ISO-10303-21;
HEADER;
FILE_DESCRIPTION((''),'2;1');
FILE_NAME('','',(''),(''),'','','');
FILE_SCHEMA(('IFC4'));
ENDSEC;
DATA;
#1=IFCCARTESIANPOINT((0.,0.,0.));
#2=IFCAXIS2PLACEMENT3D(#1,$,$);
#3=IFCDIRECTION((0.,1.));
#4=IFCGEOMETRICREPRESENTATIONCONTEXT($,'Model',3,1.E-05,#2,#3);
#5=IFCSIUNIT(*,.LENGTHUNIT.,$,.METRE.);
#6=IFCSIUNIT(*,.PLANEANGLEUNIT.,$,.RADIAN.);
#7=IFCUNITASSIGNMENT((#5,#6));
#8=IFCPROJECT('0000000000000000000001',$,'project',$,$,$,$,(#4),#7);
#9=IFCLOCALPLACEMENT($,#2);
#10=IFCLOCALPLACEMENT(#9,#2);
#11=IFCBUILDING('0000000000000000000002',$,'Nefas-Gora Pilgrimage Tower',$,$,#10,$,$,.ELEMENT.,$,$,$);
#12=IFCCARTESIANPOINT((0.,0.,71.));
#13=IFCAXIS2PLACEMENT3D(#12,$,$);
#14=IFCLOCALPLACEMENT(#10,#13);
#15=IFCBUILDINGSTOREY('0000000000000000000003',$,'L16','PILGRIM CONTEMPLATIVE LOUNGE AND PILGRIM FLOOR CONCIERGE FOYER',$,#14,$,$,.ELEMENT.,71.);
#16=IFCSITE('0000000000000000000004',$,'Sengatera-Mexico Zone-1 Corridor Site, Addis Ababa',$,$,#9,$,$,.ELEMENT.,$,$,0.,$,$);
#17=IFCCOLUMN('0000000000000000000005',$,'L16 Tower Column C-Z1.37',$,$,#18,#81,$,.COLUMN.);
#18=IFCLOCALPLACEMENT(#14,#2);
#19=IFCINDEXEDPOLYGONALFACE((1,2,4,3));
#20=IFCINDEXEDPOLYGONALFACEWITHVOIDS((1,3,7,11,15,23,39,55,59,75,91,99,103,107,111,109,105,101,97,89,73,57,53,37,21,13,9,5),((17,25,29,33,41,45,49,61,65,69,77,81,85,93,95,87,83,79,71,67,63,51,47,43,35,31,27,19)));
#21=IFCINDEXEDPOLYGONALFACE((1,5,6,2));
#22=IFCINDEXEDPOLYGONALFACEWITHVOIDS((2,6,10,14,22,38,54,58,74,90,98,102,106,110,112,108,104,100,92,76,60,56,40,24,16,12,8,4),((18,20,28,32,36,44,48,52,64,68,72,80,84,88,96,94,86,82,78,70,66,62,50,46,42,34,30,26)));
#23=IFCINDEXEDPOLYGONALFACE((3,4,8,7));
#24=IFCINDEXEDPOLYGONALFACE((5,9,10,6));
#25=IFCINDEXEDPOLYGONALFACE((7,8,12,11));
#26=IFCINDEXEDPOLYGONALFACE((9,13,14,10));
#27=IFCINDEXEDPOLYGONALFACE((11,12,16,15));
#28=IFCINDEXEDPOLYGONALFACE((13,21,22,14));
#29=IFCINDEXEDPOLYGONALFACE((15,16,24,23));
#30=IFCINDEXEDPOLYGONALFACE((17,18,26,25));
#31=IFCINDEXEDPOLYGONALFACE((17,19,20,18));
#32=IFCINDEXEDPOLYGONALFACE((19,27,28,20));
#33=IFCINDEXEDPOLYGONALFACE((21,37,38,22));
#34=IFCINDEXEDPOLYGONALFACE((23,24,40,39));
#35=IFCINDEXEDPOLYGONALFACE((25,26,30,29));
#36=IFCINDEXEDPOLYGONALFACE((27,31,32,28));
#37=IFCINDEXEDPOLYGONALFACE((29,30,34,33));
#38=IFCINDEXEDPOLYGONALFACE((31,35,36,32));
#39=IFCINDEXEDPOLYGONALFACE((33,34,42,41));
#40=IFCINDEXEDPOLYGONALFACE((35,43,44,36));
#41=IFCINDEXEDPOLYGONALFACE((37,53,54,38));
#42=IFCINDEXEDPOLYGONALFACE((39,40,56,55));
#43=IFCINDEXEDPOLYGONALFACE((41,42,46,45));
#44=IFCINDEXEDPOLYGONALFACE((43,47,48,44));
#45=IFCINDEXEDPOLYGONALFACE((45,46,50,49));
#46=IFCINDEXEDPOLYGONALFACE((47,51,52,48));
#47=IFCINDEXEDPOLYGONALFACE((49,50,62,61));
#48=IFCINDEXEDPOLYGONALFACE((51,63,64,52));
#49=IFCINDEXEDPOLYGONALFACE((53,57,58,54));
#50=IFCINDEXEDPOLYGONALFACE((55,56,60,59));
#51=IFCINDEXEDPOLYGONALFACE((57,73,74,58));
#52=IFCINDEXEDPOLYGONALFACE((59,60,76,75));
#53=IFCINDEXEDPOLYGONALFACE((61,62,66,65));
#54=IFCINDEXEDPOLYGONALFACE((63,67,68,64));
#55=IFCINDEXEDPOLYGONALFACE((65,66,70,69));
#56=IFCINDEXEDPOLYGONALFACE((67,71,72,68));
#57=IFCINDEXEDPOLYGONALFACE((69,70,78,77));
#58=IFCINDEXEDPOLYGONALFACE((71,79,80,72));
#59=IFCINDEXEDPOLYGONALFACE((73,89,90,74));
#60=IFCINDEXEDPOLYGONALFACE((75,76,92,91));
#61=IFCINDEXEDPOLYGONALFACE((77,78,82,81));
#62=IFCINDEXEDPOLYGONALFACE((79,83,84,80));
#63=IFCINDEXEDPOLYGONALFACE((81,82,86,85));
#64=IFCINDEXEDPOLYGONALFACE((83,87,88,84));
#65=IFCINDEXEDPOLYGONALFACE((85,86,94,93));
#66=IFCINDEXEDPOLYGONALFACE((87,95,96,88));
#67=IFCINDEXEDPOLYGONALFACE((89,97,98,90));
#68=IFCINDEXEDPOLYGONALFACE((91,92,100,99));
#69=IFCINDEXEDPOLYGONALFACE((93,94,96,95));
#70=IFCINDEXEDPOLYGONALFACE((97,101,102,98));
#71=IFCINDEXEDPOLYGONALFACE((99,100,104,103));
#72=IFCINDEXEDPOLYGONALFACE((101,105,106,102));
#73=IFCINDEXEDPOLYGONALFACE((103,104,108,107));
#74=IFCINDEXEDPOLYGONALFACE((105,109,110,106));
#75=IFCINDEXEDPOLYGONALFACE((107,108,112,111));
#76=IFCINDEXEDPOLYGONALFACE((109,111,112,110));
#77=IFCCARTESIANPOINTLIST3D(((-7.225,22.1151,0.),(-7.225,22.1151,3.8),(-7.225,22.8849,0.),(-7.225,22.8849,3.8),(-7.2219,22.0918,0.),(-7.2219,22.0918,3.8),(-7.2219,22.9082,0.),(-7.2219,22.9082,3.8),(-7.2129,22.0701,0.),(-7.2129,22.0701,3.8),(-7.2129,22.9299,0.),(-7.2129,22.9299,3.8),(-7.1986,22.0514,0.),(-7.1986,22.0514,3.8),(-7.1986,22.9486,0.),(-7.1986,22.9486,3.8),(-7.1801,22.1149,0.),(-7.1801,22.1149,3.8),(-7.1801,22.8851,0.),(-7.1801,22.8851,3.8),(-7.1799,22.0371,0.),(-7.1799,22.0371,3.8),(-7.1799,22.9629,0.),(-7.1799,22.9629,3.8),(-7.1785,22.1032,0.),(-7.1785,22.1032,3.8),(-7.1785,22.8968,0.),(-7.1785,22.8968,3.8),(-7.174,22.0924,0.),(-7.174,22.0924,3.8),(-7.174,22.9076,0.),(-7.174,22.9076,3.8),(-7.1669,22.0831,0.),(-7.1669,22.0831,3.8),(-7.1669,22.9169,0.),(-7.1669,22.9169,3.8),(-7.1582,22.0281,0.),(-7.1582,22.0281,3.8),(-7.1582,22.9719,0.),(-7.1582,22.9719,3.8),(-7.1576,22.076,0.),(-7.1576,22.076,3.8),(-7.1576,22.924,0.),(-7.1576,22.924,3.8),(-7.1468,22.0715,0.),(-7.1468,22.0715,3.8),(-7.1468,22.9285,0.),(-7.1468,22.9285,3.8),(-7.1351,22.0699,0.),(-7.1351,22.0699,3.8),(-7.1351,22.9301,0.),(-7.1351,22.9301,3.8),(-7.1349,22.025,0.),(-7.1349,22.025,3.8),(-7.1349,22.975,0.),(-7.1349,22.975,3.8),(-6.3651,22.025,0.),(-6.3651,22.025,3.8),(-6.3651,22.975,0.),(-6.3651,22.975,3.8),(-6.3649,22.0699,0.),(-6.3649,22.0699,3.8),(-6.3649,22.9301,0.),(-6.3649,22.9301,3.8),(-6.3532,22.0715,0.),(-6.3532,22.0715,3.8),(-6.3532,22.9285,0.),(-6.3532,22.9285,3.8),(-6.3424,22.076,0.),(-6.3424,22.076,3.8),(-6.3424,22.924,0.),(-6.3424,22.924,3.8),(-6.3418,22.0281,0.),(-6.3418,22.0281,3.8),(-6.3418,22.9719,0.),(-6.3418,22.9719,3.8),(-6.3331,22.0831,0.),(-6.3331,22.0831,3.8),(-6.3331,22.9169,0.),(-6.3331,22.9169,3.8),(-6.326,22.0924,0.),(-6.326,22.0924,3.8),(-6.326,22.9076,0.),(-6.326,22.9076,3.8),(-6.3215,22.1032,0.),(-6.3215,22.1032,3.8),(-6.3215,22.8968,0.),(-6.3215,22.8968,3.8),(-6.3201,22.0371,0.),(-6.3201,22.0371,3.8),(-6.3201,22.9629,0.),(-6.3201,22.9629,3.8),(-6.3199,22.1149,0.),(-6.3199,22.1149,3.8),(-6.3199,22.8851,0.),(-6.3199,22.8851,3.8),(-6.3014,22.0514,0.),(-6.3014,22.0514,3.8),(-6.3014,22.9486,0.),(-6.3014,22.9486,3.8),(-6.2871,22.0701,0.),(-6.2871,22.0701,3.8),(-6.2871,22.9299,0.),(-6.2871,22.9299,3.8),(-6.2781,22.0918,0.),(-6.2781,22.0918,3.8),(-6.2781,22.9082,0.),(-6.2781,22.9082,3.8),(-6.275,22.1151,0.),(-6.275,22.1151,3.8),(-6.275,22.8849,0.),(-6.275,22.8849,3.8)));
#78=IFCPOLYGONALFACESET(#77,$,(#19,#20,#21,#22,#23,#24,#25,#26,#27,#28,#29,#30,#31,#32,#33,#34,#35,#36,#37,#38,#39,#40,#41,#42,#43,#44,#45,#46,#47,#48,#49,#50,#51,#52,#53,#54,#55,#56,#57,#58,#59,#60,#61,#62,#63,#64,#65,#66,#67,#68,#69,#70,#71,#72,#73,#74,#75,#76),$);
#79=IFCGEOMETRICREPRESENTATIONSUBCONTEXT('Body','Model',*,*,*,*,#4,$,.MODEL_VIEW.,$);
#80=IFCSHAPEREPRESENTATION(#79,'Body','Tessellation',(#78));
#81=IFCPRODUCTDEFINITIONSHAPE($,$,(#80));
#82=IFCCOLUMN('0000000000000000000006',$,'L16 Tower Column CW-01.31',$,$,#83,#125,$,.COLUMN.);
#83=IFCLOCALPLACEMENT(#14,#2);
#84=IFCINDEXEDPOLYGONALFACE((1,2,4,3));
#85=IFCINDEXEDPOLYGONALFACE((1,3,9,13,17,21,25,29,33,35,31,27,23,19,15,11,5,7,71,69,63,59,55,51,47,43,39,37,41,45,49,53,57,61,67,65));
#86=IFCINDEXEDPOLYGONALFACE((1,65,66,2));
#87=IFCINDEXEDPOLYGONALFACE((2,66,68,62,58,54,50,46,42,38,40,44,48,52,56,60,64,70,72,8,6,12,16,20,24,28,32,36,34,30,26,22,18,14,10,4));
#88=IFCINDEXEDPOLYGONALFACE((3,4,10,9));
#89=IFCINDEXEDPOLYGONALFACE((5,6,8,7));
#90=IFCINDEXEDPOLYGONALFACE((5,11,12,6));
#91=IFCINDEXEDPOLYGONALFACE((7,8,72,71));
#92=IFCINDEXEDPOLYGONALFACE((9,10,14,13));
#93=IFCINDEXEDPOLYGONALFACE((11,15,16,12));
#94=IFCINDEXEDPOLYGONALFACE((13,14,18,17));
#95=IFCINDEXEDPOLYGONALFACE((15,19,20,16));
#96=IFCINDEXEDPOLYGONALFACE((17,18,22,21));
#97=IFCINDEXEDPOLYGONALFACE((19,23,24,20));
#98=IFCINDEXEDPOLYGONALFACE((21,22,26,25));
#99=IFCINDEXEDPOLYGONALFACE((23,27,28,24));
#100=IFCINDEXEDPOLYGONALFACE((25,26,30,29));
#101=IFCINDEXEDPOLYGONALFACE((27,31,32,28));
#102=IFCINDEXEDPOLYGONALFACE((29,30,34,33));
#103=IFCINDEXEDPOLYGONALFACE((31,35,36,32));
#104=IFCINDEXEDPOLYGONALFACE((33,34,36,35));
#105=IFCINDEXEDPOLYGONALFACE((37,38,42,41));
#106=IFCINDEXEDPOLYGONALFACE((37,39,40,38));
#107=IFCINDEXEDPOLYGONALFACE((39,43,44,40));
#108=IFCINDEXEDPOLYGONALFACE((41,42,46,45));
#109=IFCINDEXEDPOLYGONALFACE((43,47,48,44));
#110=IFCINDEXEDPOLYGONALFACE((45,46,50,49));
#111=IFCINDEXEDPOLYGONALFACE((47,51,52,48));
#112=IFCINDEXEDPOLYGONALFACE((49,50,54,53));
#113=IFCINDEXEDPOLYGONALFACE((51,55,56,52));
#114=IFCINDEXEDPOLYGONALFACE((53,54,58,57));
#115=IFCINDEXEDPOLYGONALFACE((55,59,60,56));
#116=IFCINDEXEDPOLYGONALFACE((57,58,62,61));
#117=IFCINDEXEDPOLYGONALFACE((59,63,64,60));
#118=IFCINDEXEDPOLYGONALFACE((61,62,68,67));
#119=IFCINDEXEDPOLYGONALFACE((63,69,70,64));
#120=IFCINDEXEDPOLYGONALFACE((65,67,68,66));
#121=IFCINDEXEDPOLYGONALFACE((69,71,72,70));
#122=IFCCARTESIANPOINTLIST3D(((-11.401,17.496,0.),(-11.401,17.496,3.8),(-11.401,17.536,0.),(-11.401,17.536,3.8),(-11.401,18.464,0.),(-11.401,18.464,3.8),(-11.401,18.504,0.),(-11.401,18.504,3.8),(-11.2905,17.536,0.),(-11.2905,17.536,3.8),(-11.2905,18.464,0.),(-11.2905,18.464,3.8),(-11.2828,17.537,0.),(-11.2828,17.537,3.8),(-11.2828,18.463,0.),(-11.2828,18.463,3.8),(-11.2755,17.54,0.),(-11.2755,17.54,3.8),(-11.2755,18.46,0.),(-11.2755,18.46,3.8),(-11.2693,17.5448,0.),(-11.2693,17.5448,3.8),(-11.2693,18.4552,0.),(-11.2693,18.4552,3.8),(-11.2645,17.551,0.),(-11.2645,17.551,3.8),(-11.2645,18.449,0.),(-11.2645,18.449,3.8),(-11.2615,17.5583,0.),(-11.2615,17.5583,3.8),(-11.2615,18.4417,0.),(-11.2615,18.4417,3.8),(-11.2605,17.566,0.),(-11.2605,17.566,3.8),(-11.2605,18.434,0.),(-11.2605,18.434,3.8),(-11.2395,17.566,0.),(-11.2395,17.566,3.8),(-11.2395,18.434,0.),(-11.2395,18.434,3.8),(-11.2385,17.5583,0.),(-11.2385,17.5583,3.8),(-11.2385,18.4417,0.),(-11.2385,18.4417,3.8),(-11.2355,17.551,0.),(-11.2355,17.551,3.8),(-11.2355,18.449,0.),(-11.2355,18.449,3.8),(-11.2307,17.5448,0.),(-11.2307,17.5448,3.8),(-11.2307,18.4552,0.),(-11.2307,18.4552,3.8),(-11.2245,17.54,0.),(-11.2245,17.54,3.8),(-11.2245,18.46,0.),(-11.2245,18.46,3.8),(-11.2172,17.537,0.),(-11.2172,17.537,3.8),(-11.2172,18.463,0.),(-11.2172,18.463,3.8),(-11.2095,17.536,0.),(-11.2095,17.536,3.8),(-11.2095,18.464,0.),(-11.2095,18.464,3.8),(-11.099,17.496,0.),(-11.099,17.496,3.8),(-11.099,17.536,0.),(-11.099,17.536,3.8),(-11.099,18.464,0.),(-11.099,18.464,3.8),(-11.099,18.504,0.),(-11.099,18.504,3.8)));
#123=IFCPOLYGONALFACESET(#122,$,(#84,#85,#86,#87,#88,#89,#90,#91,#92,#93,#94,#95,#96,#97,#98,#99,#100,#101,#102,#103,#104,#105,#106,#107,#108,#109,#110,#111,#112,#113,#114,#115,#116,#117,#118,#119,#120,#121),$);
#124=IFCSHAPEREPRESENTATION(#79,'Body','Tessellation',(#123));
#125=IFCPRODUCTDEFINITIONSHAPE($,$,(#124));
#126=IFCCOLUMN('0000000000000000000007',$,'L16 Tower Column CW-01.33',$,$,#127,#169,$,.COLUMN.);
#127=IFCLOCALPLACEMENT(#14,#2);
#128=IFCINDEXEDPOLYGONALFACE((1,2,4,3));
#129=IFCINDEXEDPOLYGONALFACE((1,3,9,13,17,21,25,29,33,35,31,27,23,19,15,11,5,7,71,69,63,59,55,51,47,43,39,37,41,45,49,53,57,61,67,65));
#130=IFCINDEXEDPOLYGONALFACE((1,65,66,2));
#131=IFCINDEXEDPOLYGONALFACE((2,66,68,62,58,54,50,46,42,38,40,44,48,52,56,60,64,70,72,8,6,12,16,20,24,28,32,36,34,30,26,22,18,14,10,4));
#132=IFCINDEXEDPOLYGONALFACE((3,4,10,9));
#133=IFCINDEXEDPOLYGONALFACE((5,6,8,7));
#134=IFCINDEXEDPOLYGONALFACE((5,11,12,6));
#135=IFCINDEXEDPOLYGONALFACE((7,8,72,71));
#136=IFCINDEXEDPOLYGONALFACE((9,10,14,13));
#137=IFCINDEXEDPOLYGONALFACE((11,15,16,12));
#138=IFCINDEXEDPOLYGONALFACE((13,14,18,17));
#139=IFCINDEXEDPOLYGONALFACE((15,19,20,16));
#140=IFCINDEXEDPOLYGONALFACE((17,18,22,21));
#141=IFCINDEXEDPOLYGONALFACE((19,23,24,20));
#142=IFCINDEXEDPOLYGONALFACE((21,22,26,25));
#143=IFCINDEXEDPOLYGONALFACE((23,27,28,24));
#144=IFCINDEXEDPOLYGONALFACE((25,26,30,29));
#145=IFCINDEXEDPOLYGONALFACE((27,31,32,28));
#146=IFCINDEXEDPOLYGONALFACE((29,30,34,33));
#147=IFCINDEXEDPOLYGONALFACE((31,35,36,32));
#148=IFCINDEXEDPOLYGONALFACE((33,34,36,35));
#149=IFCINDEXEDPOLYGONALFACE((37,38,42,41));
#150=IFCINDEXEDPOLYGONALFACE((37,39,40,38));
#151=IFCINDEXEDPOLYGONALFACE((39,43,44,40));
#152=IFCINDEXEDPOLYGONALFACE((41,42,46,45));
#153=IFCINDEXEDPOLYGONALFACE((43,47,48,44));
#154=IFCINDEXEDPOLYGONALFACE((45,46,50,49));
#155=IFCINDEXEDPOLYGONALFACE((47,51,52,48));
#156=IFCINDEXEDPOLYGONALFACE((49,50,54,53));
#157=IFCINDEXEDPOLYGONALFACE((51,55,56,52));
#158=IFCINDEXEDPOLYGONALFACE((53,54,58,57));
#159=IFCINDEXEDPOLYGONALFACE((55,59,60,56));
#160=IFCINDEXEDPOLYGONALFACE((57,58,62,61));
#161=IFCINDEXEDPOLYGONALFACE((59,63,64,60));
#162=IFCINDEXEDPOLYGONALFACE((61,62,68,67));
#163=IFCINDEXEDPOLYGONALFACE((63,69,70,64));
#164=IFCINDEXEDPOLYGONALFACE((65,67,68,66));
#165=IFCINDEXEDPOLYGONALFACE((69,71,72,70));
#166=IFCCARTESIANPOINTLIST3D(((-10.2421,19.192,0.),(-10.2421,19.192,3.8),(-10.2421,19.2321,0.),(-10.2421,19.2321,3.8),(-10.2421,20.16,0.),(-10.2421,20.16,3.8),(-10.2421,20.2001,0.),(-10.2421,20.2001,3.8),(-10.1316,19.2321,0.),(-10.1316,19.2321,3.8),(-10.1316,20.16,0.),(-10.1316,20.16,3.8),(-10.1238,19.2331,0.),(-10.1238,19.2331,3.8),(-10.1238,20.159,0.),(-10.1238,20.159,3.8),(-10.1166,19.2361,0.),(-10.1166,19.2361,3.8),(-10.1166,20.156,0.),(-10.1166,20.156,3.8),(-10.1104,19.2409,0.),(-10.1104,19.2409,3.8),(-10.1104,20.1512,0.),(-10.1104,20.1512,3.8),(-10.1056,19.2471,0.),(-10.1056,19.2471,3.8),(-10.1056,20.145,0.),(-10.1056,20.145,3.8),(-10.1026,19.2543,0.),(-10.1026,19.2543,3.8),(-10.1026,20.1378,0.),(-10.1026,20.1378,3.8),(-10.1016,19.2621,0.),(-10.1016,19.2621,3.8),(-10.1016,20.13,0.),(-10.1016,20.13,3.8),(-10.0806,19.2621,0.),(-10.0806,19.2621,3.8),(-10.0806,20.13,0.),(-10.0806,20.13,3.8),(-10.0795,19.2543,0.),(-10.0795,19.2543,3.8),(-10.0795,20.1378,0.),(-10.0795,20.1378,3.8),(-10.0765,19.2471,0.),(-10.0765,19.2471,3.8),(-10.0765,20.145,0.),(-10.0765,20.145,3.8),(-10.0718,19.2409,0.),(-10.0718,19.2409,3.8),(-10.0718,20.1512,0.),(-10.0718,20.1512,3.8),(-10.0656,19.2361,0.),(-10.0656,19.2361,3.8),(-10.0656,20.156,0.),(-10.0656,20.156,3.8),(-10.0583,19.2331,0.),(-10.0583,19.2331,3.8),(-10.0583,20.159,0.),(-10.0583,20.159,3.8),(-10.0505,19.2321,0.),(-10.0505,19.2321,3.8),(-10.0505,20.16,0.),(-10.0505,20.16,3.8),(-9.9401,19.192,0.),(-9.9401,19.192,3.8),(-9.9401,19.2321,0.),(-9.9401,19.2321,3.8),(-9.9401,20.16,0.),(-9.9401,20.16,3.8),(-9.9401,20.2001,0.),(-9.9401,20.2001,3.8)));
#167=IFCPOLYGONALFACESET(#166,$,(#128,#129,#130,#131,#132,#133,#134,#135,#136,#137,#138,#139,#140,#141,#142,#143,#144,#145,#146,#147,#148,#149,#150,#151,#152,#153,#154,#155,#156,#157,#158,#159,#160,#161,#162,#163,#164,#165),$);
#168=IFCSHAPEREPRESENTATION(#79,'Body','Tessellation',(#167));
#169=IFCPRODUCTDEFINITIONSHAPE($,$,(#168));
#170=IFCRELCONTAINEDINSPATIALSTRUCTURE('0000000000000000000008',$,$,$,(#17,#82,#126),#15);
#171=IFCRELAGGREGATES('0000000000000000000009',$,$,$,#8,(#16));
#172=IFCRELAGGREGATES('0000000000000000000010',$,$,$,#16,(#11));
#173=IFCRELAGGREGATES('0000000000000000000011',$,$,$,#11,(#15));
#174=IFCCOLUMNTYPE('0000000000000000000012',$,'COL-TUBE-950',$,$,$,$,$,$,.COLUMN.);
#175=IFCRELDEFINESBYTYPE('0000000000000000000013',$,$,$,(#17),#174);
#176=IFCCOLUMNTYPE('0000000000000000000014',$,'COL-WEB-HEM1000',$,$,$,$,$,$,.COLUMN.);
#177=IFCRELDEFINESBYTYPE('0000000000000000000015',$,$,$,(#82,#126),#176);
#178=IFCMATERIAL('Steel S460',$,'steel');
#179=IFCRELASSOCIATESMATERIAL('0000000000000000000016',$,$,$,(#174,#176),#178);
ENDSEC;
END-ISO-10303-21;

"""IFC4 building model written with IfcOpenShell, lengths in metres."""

from ifc_helpers import new_model, si_unit, direction, frame, origin, origin_2d, place, context, subcontext, project, spatial, hollow_rectangle, i_section, extrude, source, transform, mapped, material, material_profile, profile_set, type_object, element, save


model = new_model("IFC4")

# Units and contexts
model_context = context("Model", 3, precision=1e-05, world=origin(), true_north=direction((0.0, 1.0)))
body_context = subcontext(model_context, "Body", "Model", "MODEL_VIEW")
ifc_project = project(units=[si_unit("LENGTHUNIT", "METRE"), si_unit("PLANEANGLEUNIT", "RADIAN")], contexts=[model_context])

# Site, building, storey
site_placement = place(None, origin())
site = spatial("IfcSite", under=ifc_project, at=site_placement, Name="Sengatera-Mexico Zone-1 Corridor Site, Addis Ababa", CompositionType="ELEMENT", RefElevation=0.0)
building_placement = place(site_placement, origin())
building = spatial("IfcBuilding", under=site, at=building_placement, Name="Nefas-Gora Pilgrimage Tower", CompositionType="ELEMENT")
storey_placement = place(building_placement, frame((0.0, 0.0, 71.0)))
storey = spatial("IfcBuildingStorey", under=building, at=storey_placement, Name="L16", Description="PILGRIM CONTEMPLATIVE LOUNGE AND PILGRIM FLOOR CONCIERGE FOYER", CompositionType="ELEMENT", Elevation=71.0)

# Columns
ifc_material_1 = material(Name="Steel S460", Category="steel")
ifc_material_profile_1 = material_profile(ifc_material_1, hollow_rectangle(XDim=0.95, YDim=0.95, WallThickness=0.0449, InnerFilletRadius=0.0449, OuterFilletRadius=0.0901, at=origin_2d()), Name="BOX 950x950x45")
ifc_profile_set_1 = profile_set([ifc_material_profile_1], Name="Steel S460")
column_type_1 = type_object("IfcColumnType", Name="COL-TUBE-950", PredefinedType="COLUMN", material=ifc_profile_set_1)
shared_shape_1 = source(origin(), body_context, "Body", "SweptSolid", [
    extrude(hollow_rectangle(XDim=0.95, YDim=0.95, WallThickness=0.0449, InnerFilletRadius=0.0449, OuterFilletRadius=0.0901, at=origin_2d()), origin(), (0.0, 0.0, 1.0), 3.8),
])
column_placement = place(storey_placement, frame((-6.75, 22.5, 0.0), z_axis=(0.0, 0.0, 1.0), x_axis=(1.0, 0.0, 0.0)))
element("IfcColumn", 1, at=column_placement, inside=storey, type_object=column_type_1, Name="L16 Tower Column C-Z1.37", PredefinedType="COLUMN", context=body_context, shape_type="MappedRepresentation", body=[
    mapped(shared_shape_1, transform((0.0, 0.0, 0.0), x_axis=(1.0, 0.0, 0.0), y_axis=(0.0, 1.0, 0.0), z_axis=(0.0, 0.0, 1.0), scale=1.0)),
])
ifc_material_profile_2 = material_profile(ifc_material_1, i_section(OverallWidth=0.302, OverallDepth=1.0081, WebThickness=0.021, FlangeThickness=0.04, FilletRadius=0.03, at=origin_2d()), Name="HEM 1000")
ifc_profile_set_2 = profile_set([ifc_material_profile_2], Name="Steel S460")
column_type_2 = type_object("IfcColumnType", Name="COL-WEB-HEM1000", PredefinedType="COLUMN", material=ifc_profile_set_2)
shared_shape_2 = source(origin(), body_context, "Body", "SweptSolid", [
    extrude(i_section(OverallWidth=0.302, OverallDepth=1.0081, WebThickness=0.021, FlangeThickness=0.04, FilletRadius=0.03, at=origin_2d()), origin(), (0.0, 0.0, 1.0), 3.8),
])
for number, where, z_axis, x_axis, name in (
    (2, (-11.25, 18.0, 0.0), (0.0, 0.0, 1.0), (1.0, 0.0, 0.0), "L16 Tower Column CW-01.31"),
    (3, (-10.0911, 19.696, 0.0), (0.0, 0.0, 1.0), (1.0, 0.0, 0.0), "L16 Tower Column CW-01.33"),
):
    element("IfcColumn", number, at=place(storey_placement, frame(where, z_axis=z_axis, x_axis=x_axis)), inside=storey, type_object=column_type_2, Name=name, PredefinedType="COLUMN", context=body_context, shape_type="MappedRepresentation", body=[
        mapped(shared_shape_2, transform((0.0, 0.0, 0.0), x_axis=(1.0, 0.0, 0.0), y_axis=(0.0, 1.0, 0.0), z_axis=(0.0, 0.0, 1.0), scale=1.0)),
    ])

save(model, "model.ifc")
